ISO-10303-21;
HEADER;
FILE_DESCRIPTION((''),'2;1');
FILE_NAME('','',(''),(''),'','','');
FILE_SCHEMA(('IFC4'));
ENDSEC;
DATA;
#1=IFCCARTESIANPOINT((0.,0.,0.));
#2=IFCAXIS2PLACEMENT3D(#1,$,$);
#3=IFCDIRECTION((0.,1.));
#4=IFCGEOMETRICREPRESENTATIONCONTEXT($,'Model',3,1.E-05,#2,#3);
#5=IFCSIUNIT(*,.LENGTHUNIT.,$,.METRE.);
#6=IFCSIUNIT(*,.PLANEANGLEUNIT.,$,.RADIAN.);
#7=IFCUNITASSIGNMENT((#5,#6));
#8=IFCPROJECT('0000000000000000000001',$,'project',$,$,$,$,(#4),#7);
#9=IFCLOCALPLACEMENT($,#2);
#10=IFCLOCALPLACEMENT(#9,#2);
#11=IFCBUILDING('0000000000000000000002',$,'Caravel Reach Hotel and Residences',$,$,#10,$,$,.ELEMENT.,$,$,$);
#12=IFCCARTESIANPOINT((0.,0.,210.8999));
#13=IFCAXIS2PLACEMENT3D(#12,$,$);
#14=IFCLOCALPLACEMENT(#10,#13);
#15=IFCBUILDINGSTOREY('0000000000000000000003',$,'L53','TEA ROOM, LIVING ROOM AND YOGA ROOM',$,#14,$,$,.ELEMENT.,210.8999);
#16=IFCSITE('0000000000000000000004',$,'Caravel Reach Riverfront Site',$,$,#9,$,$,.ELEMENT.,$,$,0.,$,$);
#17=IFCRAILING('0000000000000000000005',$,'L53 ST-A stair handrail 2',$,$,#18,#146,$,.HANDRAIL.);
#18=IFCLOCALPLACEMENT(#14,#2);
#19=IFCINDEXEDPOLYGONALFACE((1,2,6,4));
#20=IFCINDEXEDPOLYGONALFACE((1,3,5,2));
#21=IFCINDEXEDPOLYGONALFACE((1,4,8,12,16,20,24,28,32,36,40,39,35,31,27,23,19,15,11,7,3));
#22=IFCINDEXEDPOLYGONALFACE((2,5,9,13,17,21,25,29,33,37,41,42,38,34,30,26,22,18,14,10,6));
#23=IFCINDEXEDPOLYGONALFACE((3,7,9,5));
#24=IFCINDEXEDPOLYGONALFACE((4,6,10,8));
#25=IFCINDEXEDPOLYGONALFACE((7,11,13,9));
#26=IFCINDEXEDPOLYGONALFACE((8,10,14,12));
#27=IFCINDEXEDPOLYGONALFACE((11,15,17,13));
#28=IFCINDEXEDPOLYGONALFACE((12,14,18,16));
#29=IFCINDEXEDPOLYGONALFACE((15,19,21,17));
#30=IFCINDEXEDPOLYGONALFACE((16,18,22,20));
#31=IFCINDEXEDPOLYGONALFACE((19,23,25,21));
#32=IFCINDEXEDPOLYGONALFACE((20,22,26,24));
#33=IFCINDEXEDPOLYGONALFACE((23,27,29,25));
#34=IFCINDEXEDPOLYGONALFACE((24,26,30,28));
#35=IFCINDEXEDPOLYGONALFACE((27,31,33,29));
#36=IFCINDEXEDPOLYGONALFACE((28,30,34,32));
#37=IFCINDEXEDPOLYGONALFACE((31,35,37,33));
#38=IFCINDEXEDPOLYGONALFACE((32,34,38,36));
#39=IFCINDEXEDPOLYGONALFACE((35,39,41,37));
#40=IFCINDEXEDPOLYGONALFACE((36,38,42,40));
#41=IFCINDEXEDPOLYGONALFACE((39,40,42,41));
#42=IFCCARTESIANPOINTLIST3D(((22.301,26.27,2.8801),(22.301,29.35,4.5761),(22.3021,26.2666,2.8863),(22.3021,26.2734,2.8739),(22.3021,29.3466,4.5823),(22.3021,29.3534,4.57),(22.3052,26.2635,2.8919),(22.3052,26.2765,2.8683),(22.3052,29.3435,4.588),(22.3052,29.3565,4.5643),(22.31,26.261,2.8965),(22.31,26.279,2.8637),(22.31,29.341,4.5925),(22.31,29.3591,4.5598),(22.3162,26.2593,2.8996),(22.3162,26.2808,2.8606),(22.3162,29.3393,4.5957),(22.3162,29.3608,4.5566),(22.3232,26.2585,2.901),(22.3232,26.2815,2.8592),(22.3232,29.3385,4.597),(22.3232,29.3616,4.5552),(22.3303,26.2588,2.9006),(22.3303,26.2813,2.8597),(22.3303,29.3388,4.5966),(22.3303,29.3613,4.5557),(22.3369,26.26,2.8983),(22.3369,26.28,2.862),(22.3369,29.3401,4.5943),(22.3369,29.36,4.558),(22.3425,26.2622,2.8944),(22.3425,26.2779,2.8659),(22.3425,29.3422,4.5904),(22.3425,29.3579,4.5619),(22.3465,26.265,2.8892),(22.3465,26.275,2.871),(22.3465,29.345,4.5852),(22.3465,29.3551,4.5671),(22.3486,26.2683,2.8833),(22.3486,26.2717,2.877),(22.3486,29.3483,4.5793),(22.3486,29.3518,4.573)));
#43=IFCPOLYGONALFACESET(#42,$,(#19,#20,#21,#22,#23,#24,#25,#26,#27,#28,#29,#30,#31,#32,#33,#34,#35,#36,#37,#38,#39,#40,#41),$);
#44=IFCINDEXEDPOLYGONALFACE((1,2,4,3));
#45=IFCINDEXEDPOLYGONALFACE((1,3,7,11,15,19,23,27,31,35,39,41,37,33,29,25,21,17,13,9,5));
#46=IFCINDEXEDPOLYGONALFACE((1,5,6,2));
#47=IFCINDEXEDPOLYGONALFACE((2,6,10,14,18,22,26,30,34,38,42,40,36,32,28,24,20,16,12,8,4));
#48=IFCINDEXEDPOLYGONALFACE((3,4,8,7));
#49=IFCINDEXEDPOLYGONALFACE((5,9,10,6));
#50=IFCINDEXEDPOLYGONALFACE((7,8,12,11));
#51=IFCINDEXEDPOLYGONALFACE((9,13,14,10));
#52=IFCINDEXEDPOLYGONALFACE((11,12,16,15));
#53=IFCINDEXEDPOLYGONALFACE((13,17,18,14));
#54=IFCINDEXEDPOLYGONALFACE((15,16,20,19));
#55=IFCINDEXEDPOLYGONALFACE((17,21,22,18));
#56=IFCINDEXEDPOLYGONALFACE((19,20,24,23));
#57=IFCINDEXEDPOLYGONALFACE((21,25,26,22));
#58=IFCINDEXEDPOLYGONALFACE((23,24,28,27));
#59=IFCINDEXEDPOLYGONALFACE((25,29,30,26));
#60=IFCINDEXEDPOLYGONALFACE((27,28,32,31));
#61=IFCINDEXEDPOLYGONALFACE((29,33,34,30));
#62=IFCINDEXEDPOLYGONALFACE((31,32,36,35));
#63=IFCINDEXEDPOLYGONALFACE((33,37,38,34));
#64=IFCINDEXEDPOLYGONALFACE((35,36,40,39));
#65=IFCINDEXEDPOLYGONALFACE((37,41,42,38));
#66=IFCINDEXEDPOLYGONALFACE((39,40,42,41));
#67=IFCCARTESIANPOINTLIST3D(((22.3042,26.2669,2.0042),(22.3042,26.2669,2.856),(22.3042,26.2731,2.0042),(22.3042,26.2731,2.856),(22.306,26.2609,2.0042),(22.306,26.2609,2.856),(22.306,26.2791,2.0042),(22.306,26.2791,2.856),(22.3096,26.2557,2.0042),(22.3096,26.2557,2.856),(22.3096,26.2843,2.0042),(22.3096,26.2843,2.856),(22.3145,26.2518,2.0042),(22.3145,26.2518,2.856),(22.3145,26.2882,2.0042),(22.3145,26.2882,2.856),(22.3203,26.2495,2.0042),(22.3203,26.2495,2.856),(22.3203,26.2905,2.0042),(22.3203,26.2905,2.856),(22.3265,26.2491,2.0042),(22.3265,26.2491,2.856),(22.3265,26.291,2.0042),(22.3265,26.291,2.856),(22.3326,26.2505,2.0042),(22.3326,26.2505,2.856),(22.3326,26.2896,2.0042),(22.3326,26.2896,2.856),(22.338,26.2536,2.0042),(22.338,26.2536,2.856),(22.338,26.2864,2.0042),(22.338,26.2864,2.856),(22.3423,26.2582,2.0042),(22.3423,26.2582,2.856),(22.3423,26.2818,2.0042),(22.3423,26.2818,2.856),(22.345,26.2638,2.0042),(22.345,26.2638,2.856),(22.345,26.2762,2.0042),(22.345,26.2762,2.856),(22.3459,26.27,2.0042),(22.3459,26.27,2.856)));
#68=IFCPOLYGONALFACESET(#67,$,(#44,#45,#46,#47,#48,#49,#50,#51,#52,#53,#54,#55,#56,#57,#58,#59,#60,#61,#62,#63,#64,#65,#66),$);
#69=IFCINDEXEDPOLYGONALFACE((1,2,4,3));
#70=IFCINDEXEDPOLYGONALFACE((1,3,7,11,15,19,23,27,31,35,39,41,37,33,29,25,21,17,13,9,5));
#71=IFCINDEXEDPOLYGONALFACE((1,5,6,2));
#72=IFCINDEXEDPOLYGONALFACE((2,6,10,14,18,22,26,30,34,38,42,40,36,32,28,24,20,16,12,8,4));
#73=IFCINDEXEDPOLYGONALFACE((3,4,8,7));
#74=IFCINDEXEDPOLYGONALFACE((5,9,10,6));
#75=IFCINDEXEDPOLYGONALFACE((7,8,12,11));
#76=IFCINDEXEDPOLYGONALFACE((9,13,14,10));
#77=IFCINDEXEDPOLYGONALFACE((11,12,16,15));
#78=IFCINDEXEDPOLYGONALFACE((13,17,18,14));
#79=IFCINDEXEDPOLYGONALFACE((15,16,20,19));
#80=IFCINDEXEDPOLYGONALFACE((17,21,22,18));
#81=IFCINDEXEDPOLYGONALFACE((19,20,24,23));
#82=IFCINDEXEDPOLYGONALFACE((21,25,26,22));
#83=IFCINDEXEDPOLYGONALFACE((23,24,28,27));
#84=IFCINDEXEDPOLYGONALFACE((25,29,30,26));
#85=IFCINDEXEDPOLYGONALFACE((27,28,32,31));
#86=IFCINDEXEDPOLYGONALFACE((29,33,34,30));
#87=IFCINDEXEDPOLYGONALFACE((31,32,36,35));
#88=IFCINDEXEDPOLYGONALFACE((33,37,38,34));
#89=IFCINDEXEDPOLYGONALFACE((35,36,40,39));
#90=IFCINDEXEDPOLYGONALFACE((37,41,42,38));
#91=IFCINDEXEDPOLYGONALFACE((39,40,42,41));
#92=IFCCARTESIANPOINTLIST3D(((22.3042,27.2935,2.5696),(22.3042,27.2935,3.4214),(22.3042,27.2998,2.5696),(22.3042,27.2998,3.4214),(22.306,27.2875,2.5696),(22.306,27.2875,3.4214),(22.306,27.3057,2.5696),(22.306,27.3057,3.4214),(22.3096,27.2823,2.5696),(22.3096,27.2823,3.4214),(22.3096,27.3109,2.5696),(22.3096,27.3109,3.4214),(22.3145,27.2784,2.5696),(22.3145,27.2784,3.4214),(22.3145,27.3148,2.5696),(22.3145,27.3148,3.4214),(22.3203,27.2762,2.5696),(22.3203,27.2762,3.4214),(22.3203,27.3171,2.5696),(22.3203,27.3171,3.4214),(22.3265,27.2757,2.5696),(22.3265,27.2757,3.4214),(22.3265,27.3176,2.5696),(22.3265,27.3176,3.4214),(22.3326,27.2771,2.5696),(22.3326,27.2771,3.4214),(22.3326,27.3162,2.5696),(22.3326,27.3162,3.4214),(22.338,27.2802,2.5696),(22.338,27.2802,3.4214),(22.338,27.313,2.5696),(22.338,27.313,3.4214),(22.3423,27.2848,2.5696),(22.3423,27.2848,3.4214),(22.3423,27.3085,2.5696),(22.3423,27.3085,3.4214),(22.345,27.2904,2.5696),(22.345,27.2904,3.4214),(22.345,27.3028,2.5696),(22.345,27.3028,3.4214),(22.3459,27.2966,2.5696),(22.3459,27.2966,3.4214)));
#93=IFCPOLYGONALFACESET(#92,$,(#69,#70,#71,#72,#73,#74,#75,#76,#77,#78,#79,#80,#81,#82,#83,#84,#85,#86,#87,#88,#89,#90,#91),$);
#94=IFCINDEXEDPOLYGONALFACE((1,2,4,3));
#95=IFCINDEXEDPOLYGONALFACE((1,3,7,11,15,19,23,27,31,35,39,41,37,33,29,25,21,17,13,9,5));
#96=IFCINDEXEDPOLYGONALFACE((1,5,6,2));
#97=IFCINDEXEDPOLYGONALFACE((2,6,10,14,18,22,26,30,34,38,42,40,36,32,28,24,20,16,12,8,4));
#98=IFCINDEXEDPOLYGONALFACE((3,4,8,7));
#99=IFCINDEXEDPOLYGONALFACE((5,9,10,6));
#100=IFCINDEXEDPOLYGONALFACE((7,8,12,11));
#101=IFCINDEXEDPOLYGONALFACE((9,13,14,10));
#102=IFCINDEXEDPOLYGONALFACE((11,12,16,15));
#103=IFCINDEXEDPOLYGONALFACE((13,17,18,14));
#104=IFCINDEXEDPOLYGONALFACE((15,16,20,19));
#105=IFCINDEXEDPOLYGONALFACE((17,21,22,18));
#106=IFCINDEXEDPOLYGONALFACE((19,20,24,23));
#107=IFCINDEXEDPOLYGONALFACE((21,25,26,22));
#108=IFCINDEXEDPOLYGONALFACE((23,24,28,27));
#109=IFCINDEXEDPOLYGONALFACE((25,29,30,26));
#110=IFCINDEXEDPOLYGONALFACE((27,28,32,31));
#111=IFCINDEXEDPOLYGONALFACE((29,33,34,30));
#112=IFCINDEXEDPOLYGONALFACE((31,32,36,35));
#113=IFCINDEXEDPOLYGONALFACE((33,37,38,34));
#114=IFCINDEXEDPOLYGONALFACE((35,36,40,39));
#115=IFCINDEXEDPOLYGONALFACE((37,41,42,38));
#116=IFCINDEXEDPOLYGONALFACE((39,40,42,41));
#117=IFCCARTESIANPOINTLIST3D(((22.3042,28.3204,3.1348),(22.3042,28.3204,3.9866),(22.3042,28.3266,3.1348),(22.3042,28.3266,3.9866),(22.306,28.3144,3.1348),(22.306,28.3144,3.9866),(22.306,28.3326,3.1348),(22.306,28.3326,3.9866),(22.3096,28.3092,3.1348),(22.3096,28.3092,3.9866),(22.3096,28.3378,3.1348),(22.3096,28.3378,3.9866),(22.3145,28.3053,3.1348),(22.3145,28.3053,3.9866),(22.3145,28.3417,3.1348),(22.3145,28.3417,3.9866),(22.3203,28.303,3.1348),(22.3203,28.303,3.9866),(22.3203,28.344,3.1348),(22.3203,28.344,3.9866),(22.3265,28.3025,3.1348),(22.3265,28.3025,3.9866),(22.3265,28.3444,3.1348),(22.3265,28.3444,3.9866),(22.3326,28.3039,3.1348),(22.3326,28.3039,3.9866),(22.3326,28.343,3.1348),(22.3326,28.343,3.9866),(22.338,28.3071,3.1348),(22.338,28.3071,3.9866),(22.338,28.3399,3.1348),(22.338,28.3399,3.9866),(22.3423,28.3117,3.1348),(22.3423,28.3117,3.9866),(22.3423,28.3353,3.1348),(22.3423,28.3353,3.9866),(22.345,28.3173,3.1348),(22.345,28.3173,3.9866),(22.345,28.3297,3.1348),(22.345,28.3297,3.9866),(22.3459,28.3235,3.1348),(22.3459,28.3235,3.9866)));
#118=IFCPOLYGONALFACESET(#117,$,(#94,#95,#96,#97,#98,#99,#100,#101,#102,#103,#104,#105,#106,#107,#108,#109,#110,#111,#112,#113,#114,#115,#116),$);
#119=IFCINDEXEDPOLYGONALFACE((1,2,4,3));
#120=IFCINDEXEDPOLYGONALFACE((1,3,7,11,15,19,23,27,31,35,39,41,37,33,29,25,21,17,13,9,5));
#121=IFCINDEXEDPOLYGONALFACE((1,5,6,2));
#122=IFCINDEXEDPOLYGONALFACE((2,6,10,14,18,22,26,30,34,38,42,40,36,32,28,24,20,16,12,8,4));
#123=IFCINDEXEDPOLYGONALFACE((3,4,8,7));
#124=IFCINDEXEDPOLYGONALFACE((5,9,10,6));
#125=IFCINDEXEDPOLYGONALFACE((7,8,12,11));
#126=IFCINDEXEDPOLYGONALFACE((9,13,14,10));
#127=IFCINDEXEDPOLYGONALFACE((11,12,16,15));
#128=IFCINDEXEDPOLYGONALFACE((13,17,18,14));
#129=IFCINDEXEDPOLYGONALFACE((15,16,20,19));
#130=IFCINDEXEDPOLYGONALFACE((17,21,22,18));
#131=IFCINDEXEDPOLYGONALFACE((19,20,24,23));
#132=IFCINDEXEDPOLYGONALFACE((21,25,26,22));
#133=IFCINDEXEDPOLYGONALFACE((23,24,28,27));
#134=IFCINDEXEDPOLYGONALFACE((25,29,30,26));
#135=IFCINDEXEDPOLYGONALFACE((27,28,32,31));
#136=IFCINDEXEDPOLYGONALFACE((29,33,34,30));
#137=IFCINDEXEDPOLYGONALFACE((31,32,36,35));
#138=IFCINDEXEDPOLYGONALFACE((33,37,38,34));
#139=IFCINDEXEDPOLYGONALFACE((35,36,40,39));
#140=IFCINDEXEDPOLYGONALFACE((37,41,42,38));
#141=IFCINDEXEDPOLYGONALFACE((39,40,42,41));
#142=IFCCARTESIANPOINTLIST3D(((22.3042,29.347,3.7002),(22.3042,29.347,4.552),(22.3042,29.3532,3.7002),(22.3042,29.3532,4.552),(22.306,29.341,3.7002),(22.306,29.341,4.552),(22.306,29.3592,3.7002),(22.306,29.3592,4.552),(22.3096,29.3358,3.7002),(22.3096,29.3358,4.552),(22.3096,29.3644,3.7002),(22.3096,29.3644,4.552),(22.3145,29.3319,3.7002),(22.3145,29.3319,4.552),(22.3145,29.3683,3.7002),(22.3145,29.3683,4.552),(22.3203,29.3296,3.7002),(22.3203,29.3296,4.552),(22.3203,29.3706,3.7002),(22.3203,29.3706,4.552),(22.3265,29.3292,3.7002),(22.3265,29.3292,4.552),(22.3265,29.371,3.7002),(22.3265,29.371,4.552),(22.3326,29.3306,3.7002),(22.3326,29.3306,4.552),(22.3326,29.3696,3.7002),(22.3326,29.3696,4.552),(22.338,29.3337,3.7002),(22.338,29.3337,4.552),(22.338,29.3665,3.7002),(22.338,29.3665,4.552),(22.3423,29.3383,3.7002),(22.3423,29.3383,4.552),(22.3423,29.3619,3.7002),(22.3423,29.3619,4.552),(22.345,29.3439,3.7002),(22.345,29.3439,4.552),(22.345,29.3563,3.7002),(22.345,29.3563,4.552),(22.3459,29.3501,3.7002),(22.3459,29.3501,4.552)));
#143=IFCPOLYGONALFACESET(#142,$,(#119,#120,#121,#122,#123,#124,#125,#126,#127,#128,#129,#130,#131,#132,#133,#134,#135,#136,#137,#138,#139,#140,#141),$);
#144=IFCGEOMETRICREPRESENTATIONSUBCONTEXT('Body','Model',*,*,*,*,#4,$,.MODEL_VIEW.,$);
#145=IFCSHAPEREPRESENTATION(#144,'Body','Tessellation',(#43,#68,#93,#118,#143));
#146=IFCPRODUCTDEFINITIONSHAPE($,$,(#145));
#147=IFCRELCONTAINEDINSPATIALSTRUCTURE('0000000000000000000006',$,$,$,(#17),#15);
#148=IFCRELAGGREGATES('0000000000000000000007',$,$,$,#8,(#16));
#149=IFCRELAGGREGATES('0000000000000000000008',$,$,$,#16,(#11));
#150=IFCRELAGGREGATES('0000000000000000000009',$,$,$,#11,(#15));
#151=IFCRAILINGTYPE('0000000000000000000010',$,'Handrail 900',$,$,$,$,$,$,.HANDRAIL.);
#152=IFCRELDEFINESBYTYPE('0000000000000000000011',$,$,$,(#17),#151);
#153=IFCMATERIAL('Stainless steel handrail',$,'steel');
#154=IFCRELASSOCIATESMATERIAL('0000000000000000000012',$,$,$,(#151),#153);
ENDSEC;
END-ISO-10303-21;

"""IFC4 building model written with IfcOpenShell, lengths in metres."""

from ifc_helpers import new_model, si_unit, direction, frame, origin, origin_2d, place, context, subcontext, project, spatial, circle, extrude, material, type_object, element, save


model = new_model("IFC4")

# Units and contexts
model_context = context("Model", 3, precision=1e-05, world=origin(), true_north=direction((0.0, 1.0)))
body_context = subcontext(model_context, "Body", "Model", "MODEL_VIEW")
ifc_project = project(units=[si_unit("LENGTHUNIT", "METRE"), si_unit("PLANEANGLEUNIT", "RADIAN")], contexts=[model_context])

# Site, building, storey
site_placement = place(None, origin())
site = spatial("IfcSite", under=ifc_project, at=site_placement, Name="Caravel Reach Riverfront Site", CompositionType="ELEMENT", RefElevation=0.0)
building_placement = place(site_placement, origin())
building = spatial("IfcBuilding", under=site, at=building_placement, Name="Caravel Reach Hotel and Residences", CompositionType="ELEMENT")
storey_placement = place(building_placement, frame((0.0, 0.0, 210.8999)))
storey = spatial("IfcBuildingStorey", under=building, at=storey_placement, Name="L53", Description="TEA ROOM, LIVING ROOM AND YOGA ROOM", CompositionType="ELEMENT", Elevation=210.8999)

# Railing
ifc_material_1 = material(Name="Stainless steel handrail", Category="steel")
railing_type_1 = type_object("IfcRailingType", Name="Handrail 900", PredefinedType="HANDRAIL", material=ifc_material_1)
railing_1_placement = place(storey_placement, frame((22.325, 26.27, 2.0042)))
element("IfcRailing", 1, at=railing_1_placement, inside=storey, type_object=railing_type_1, Name="L53 ST-A stair handrail 2", PredefinedType="HANDRAIL", context=body_context, shape_type="SweptSolid", body=[
    extrude(circle(Radius=0.0239, at=origin_2d()), frame((0.0, 0.0, 0.876), z_axis=(0.0, 0.875975, 0.482356), x_axis=(-1.0, 0.0, 0.0)), (0.0, 0.0, 1.0), 3.5161),
    extrude(circle(Radius=0.021, at=origin_2d()), origin(), (0.0, 0.0, 1.0), 0.8518),
    extrude(circle(Radius=0.021, at=origin_2d()), frame((0.0, 1.0266, 0.5654)), (0.0, 0.0, 1.0), 0.8518),
    extrude(circle(Radius=0.021, at=origin_2d()), frame((0.0, 2.0535, 1.1306)), (0.0, 0.0, 1.0), 0.8518),
    extrude(circle(Radius=0.021, at=origin_2d()), frame((0.0, 3.0801, 1.696)), (0.0, 0.0, 1.0), 0.8518),
])

save(model, "model.ifc")
